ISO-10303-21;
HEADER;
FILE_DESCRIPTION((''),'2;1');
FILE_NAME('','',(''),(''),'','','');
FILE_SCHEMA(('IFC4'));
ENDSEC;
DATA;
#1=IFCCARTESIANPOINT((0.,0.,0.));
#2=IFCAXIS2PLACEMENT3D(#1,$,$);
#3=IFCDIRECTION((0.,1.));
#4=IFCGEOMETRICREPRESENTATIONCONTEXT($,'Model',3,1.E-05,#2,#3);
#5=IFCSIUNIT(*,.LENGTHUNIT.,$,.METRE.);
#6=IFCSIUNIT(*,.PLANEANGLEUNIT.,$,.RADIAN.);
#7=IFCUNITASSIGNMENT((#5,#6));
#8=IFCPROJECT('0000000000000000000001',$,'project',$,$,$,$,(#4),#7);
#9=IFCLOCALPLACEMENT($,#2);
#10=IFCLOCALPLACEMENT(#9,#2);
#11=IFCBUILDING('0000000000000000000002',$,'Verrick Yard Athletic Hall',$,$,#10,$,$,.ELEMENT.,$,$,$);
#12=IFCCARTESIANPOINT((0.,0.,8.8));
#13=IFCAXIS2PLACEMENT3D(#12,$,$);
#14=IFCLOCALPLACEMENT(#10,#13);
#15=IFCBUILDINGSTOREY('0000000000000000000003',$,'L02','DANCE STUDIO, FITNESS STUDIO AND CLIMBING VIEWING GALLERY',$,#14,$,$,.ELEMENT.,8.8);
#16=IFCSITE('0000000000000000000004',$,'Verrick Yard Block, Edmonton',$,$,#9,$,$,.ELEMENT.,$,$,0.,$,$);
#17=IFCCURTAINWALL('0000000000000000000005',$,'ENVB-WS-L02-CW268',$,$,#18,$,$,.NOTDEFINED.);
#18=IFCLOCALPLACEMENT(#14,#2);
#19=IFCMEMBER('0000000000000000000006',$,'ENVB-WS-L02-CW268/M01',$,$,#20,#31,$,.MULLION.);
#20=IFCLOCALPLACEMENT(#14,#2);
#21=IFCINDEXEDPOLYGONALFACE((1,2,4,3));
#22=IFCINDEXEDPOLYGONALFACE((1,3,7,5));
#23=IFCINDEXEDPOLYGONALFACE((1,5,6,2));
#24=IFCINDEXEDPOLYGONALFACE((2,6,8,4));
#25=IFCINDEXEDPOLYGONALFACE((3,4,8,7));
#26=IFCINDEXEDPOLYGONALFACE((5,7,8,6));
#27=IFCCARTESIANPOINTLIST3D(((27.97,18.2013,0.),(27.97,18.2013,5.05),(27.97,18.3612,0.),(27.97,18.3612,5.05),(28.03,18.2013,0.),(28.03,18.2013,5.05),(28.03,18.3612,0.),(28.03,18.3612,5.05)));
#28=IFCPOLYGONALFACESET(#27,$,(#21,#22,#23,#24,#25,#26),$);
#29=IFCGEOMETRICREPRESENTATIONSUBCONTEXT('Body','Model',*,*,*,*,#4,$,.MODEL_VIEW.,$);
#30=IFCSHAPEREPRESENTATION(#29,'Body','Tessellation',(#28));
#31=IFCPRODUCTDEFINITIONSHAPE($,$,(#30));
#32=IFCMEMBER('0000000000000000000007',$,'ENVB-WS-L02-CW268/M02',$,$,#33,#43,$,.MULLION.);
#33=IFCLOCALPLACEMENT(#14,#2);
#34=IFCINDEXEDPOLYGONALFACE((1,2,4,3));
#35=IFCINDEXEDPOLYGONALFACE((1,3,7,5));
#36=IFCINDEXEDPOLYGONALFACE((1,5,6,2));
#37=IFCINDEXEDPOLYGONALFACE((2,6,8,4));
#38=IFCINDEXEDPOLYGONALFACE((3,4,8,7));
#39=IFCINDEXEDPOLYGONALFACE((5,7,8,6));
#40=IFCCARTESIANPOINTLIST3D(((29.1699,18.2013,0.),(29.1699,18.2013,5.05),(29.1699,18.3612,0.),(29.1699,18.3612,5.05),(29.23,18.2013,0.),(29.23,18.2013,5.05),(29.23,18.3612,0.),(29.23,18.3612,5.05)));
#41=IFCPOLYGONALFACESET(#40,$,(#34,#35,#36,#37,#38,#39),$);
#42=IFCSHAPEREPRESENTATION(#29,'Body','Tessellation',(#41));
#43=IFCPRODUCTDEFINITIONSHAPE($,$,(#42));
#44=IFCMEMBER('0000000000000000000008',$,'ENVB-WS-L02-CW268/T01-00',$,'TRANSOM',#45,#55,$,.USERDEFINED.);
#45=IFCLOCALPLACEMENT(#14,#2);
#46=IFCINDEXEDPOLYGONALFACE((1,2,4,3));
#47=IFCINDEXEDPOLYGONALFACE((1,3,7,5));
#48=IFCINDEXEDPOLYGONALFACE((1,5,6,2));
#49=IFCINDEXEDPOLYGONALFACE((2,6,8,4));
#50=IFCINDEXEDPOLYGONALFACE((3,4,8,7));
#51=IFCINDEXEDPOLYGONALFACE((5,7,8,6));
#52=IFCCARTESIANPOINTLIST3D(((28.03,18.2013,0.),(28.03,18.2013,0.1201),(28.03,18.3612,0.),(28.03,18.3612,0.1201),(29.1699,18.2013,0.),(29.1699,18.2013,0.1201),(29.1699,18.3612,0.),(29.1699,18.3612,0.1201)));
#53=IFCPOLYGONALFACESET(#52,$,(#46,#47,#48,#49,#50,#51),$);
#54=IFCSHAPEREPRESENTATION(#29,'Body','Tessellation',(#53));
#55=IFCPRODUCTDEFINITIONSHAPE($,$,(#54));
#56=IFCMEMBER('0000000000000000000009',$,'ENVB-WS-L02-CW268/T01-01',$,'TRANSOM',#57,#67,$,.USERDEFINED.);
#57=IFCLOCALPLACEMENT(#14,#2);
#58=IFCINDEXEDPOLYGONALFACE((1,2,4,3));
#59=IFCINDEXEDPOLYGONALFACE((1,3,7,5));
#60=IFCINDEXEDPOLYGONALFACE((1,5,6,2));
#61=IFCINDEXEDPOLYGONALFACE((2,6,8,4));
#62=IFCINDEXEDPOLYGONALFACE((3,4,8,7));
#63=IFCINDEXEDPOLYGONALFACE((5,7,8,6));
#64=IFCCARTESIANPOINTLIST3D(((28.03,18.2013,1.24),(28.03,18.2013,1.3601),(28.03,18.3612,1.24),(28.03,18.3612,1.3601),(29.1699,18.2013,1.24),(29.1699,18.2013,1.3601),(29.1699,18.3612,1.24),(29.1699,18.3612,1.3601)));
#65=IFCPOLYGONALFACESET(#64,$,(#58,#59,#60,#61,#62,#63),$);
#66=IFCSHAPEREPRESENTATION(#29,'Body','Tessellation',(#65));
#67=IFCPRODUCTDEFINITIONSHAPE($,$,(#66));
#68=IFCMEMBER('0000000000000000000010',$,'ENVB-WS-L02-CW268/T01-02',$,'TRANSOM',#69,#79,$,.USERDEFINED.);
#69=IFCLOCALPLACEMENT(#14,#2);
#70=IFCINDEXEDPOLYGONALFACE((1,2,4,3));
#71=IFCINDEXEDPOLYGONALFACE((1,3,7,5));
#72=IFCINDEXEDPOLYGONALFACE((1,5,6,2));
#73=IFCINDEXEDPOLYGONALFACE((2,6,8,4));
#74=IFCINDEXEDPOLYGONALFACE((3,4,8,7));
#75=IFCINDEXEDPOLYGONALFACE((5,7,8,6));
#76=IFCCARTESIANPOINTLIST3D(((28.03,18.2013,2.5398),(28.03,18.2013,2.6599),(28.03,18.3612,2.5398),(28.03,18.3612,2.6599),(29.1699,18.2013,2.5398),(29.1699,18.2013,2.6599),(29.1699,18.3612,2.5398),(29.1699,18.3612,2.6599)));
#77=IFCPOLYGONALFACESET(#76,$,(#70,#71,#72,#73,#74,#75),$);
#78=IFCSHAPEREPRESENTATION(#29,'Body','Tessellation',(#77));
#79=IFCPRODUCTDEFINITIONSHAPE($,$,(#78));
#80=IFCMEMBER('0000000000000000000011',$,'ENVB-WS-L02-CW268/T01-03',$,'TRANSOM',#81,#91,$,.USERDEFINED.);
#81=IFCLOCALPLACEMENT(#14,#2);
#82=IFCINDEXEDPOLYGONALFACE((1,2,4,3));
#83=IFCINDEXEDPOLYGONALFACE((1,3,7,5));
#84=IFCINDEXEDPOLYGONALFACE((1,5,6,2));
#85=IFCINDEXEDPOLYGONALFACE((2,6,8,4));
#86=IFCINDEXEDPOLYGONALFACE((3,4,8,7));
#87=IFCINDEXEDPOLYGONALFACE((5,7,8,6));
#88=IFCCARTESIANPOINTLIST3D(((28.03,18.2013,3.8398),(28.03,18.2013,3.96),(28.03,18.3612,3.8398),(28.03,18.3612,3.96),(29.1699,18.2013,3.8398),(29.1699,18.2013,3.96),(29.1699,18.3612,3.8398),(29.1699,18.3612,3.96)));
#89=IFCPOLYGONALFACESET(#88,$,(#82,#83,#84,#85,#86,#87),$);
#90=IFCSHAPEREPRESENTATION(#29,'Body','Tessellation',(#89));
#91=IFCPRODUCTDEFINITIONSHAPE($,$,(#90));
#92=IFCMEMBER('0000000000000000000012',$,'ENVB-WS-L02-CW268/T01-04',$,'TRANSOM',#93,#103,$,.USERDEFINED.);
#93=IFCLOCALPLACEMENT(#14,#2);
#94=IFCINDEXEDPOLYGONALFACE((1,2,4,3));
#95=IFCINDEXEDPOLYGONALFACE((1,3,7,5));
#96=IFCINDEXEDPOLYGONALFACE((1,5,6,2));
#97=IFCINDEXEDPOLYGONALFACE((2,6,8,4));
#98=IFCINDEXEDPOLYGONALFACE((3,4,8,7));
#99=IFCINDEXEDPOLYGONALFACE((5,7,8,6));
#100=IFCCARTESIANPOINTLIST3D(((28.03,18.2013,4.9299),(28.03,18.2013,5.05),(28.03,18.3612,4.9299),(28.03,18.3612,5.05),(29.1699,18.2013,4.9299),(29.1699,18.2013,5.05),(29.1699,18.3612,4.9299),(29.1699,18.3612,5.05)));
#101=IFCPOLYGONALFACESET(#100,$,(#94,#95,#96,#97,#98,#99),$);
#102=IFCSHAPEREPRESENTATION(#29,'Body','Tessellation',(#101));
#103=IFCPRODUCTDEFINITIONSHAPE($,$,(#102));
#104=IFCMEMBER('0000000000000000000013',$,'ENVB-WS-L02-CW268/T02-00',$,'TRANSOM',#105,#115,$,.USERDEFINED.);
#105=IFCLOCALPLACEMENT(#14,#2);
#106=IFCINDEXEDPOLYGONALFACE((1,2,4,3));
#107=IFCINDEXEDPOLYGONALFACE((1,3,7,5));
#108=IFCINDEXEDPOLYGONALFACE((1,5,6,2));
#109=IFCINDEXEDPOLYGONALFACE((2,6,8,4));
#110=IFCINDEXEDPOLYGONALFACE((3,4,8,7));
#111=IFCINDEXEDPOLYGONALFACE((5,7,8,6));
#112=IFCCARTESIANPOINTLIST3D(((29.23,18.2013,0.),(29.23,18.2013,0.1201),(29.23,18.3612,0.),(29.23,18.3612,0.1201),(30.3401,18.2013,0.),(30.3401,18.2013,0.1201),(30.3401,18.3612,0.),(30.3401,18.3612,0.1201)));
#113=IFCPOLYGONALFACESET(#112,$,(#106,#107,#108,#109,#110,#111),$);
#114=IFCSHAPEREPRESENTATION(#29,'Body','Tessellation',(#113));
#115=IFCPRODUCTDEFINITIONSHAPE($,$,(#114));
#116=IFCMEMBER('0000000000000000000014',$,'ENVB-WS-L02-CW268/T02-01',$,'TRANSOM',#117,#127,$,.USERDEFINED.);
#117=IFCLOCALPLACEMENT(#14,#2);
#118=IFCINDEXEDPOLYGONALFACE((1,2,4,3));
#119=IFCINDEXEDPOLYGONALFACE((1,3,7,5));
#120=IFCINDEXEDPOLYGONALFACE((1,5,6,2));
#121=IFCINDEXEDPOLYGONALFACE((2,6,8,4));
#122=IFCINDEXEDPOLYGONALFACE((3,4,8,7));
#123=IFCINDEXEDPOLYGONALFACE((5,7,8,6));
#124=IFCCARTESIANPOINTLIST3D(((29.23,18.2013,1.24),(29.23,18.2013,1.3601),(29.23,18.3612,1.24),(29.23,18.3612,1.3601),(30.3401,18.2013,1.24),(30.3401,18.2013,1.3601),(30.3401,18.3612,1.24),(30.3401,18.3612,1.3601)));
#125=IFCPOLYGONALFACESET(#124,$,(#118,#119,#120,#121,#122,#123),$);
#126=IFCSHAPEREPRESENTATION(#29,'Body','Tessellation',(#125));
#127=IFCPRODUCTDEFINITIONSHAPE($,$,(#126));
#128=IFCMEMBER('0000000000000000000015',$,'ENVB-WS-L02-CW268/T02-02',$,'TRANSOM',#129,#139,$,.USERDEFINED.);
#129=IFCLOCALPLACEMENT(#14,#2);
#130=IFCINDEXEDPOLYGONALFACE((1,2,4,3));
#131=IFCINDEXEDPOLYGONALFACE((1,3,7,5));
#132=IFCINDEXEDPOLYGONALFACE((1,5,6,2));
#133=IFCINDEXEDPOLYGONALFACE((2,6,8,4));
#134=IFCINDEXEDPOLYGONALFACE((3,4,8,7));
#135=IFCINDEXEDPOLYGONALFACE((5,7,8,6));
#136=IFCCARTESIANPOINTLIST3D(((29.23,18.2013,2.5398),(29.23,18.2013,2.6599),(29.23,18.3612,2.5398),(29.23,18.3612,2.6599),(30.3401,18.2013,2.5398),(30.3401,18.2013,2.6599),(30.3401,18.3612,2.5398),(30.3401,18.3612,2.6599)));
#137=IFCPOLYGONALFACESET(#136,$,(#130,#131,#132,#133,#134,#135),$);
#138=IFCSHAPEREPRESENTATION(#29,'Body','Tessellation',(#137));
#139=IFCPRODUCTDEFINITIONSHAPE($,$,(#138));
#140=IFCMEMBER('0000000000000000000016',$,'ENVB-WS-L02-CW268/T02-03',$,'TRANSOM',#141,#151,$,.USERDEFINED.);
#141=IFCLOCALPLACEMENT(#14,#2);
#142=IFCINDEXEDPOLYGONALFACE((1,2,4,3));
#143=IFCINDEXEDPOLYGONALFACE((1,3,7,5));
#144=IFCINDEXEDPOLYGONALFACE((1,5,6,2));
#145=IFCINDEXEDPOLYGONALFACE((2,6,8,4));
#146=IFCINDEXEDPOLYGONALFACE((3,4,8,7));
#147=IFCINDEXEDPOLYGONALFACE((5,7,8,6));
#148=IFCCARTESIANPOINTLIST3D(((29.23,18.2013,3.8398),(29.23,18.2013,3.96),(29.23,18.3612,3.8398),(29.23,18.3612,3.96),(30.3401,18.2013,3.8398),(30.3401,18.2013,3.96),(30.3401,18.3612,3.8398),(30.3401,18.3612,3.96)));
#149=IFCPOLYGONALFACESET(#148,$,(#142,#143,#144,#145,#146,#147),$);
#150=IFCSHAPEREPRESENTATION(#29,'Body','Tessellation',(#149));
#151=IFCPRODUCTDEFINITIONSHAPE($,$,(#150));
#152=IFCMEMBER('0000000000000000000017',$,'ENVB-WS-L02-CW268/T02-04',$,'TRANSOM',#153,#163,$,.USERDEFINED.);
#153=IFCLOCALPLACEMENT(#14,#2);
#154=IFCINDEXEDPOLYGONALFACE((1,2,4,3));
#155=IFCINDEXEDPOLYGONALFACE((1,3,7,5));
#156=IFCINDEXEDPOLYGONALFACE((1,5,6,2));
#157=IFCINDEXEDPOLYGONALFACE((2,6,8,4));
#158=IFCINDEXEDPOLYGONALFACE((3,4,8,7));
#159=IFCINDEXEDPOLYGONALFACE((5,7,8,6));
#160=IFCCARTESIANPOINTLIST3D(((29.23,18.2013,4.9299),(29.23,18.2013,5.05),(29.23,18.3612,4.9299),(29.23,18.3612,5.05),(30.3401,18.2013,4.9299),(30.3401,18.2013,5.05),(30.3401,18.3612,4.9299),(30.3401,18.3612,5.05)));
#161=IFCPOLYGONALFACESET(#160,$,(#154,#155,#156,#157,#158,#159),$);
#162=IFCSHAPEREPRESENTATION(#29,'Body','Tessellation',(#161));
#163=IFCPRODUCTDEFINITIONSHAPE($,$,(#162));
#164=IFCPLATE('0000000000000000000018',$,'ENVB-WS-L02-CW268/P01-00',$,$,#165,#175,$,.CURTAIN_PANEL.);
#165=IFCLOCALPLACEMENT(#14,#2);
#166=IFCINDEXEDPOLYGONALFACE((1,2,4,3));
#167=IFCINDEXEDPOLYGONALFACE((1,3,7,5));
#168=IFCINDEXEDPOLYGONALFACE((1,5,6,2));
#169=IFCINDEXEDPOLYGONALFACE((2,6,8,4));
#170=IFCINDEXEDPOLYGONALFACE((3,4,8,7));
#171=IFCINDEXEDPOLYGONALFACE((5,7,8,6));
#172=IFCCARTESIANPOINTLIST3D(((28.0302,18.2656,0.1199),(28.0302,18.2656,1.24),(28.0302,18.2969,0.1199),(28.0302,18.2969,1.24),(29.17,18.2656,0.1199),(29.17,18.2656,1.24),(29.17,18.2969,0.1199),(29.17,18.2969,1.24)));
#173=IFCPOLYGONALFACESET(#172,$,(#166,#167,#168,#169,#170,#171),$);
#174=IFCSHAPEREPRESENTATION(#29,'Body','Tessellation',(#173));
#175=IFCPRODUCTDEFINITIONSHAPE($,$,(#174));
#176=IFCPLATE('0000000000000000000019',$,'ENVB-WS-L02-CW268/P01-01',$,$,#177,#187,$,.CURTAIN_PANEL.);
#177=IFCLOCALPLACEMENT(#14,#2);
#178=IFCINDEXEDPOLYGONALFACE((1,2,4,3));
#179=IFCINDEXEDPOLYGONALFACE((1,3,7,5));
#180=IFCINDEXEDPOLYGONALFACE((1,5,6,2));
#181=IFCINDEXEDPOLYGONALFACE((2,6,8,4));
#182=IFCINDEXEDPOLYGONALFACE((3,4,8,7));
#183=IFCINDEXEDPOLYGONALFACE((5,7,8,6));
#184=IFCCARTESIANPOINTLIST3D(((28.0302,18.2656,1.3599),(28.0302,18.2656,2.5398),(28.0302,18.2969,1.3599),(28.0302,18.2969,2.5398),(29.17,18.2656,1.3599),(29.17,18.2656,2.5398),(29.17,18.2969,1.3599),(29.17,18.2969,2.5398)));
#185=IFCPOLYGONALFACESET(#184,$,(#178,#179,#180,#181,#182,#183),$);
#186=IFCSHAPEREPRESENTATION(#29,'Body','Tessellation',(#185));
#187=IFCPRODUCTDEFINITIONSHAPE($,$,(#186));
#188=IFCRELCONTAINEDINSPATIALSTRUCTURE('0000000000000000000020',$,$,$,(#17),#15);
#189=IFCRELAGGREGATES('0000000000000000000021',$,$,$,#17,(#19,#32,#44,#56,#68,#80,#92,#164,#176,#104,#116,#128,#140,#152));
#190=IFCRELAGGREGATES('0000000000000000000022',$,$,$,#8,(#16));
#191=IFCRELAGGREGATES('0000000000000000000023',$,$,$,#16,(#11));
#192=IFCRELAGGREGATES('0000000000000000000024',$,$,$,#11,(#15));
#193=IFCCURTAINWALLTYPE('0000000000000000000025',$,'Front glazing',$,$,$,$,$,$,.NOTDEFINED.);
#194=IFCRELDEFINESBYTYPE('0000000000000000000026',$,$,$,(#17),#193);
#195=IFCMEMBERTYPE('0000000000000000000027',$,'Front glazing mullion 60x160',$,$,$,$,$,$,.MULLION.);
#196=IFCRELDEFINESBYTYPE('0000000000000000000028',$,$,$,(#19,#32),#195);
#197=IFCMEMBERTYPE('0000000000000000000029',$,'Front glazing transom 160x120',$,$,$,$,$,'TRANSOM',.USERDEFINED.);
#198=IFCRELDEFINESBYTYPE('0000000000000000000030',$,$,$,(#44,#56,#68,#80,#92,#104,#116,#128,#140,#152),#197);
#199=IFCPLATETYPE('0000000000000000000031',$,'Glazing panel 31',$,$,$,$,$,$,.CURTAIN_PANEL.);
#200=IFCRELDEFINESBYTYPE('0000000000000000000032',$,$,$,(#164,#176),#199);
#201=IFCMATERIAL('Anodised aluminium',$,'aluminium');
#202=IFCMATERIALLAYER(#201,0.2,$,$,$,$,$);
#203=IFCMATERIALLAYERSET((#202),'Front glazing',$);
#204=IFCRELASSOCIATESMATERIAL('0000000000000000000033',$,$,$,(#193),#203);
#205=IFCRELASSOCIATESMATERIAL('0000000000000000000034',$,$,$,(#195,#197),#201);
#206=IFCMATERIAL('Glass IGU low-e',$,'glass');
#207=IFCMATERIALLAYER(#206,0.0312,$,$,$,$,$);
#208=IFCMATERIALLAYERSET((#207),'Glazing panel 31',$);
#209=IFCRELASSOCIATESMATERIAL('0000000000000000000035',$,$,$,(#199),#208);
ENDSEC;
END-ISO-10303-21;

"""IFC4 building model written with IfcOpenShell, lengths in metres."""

from ifc_helpers import new_model, si_unit, direction, frame, origin, origin_2d, place, context, subcontext, project, spatial, rectangle, extrude, material, layer, layer_set, material_profile, profile_set, type_object, element, aggregate, save


model = new_model("IFC4")

# Units and contexts
model_context = context("Model", 3, precision=1e-05, world=origin(), true_north=direction((0.0, 1.0)))
body_context = subcontext(model_context, "Body", "Model", "MODEL_VIEW")
ifc_project = project(units=[si_unit("LENGTHUNIT", "METRE"), si_unit("PLANEANGLEUNIT", "RADIAN")], contexts=[model_context])

# Site, building, storey
site_placement = place(None, origin())
site = spatial("IfcSite", under=ifc_project, at=site_placement, Name="Verrick Yard Block, Edmonton", CompositionType="ELEMENT", RefElevation=0.0)
building_placement = place(site_placement, origin())
building = spatial("IfcBuilding", under=site, at=building_placement, Name="Verrick Yard Athletic Hall", CompositionType="ELEMENT")
storey_placement = place(building_placement, frame((0.0, 0.0, 8.8)))
storey = spatial("IfcBuildingStorey", under=building, at=storey_placement, Name="L02", Description="DANCE STUDIO, FITNESS STUDIO AND CLIMBING VIEWING GALLERY", CompositionType="ELEMENT", Elevation=8.8)

# Curtain wall, members, plates
ifc_material_1 = material(Name="Anodised aluminium", Category="aluminium")
ifc_layer_1 = layer(ifc_material_1, 0.2)
ifc_layer_set_1 = layer_set([ifc_layer_1], Name="Front glazing")
curtain_wall_type = type_object("IfcCurtainWallType", Name="Front glazing", PredefinedType="NOTDEFINED", material=ifc_layer_set_1)
curtain_wall_placement = place(storey_placement, origin())
curtain_wall = element("IfcCurtainWall", 1, at=curtain_wall_placement, inside=storey, type_object=curtain_wall_type, Name="ENVB-WS-L02-CW268", PredefinedType="NOTDEFINED")
ifc_material_profile_1 = material_profile(ifc_material_1, rectangle(XDim=0.1599, YDim=0.0601, at=origin_2d()), Name="CW mullion 60x160")
ifc_profile_set_1 = profile_set([ifc_material_profile_1], Name="Anodised aluminium")
member_type_1 = type_object("IfcMemberType", Name="Front glazing mullion 60x160", PredefinedType="MULLION", material=ifc_profile_set_1)
member_1_placement = place(storey_placement, frame((28.0, 18.2812, 0.0), z_axis=(0.0, 0.0, 1.0), x_axis=(0.0, 1.0, 0.0)))
member_1 = element("IfcMember", 2, at=member_1_placement, type_object=member_type_1, Name="ENVB-WS-L02-CW268/M01", PredefinedType="MULLION", context=body_context, shape_type="SweptSolid", body=[
    extrude(rectangle(XDim=0.1599, YDim=0.0601, at=origin_2d()), origin(), (0.0, 0.0, 1.0), 5.05),
])
member_2_placement = place(storey_placement, frame((29.2, 18.2812, 0.0), z_axis=(0.0, 0.0, 1.0), x_axis=(0.0, 1.0, 0.0)))
member_2 = element("IfcMember", 3, at=member_2_placement, type_object=member_type_1, Name="ENVB-WS-L02-CW268/M02", PredefinedType="MULLION", context=body_context, shape_type="SweptSolid", body=[
    extrude(rectangle(XDim=0.1599, YDim=0.0601, at=origin_2d()), origin(), (0.0, 0.0, 1.0), 5.05),
])
ifc_material_profile_2 = material_profile(ifc_material_1, rectangle(XDim=0.1599, YDim=0.1201, at=origin_2d()), Name="CW transom 160x120")
ifc_profile_set_2 = profile_set([ifc_material_profile_2], Name="Anodised aluminium")
member_type_2 = type_object("IfcMemberType", Name="Front glazing transom 160x120", ElementType="TRANSOM", PredefinedType="USERDEFINED", material=ifc_profile_set_2)
member_3_placement = place(storey_placement, frame((28.03, 18.2812, 0.0601), z_axis=(1.0, 0.0, 0.0), x_axis=(0.0, 1.0, 0.0)))
member_3 = element("IfcMember", 4, at=member_3_placement, type_object=member_type_2, Name="ENVB-WS-L02-CW268/T01-00", ObjectType="TRANSOM", PredefinedType="USERDEFINED", context=body_context, shape_type="SweptSolid", body=[
    extrude(rectangle(XDim=0.1599, YDim=0.1201, at=origin_2d()), origin(), (0.0, 0.0, 1.0), 1.1399),
])
member_4_placement = place(storey_placement, frame((28.03, 18.2812, 1.3), z_axis=(1.0, 0.0, 0.0), x_axis=(0.0, 1.0, 0.0)))
member_4 = element("IfcMember", 5, at=member_4_placement, type_object=member_type_2, Name="ENVB-WS-L02-CW268/T01-01", ObjectType="TRANSOM", PredefinedType="USERDEFINED", context=body_context, shape_type="SweptSolid", body=[
    extrude(rectangle(XDim=0.1599, YDim=0.1201, at=origin_2d()), origin(), (0.0, 0.0, 1.0), 1.1399),
])
member_5_placement = place(storey_placement, frame((28.03, 18.2812, 2.5999), z_axis=(1.0, 0.0, 0.0), x_axis=(0.0, 1.0, 0.0)))
member_5 = element("IfcMember", 6, at=member_5_placement, type_object=member_type_2, Name="ENVB-WS-L02-CW268/T01-02", ObjectType="TRANSOM", PredefinedType="USERDEFINED", context=body_context, shape_type="SweptSolid", body=[
    extrude(rectangle(XDim=0.1599, YDim=0.1201, at=origin_2d()), origin(), (0.0, 0.0, 1.0), 1.1399),
])
member_6_placement = place(storey_placement, frame((28.03, 18.2812, 3.8999), z_axis=(1.0, 0.0, 0.0), x_axis=(0.0, 1.0, 0.0)))
member_6 = element("IfcMember", 7, at=member_6_placement, type_object=member_type_2, Name="ENVB-WS-L02-CW268/T01-03", ObjectType="TRANSOM", PredefinedType="USERDEFINED", context=body_context, shape_type="SweptSolid", body=[
    extrude(rectangle(XDim=0.1599, YDim=0.1201, at=origin_2d()), origin(), (0.0, 0.0, 1.0), 1.1399),
])
member_7_placement = place(storey_placement, frame((28.03, 18.2812, 4.99), z_axis=(1.0, 0.0, 0.0), x_axis=(0.0, 1.0, 0.0)))
member_7 = element("IfcMember", 8, at=member_7_placement, type_object=member_type_2, Name="ENVB-WS-L02-CW268/T01-04", ObjectType="TRANSOM", PredefinedType="USERDEFINED", context=body_context, shape_type="SweptSolid", body=[
    extrude(rectangle(XDim=0.1599, YDim=0.1201, at=origin_2d()), origin(), (0.0, 0.0, 1.0), 1.1399),
])
member_8_placement = place(storey_placement, frame((29.23, 18.2812, 0.0601), z_axis=(1.0, 0.0, 0.0), x_axis=(0.0, 1.0, 0.0)))
member_8 = element("IfcMember", 9, at=member_8_placement, type_object=member_type_2, Name="ENVB-WS-L02-CW268/T02-00", ObjectType="TRANSOM", PredefinedType="USERDEFINED", context=body_context, shape_type="SweptSolid", body=[
    extrude(rectangle(XDim=0.1599, YDim=0.1201, at=origin_2d()), origin(), (0.0, 0.0, 1.0), 1.1101),
])
member_9_placement = place(storey_placement, frame((29.23, 18.2812, 1.3), z_axis=(1.0, 0.0, 0.0), x_axis=(0.0, 1.0, 0.0)))
member_9 = element("IfcMember", 10, at=member_9_placement, type_object=member_type_2, Name="ENVB-WS-L02-CW268/T02-01", ObjectType="TRANSOM", PredefinedType="USERDEFINED", context=body_context, shape_type="SweptSolid", body=[
    extrude(rectangle(XDim=0.1599, YDim=0.1201, at=origin_2d()), origin(), (0.0, 0.0, 1.0), 1.1101),
])
member_10_placement = place(storey_placement, frame((29.23, 18.2812, 2.5999), z_axis=(1.0, 0.0, 0.0), x_axis=(0.0, 1.0, 0.0)))
member_10 = element("IfcMember", 11, at=member_10_placement, type_object=member_type_2, Name="ENVB-WS-L02-CW268/T02-02", ObjectType="TRANSOM", PredefinedType="USERDEFINED", context=body_context, shape_type="SweptSolid", body=[
    extrude(rectangle(XDim=0.1599, YDim=0.1201, at=origin_2d()), origin(), (0.0, 0.0, 1.0), 1.1101),
])
member_11_placement = place(storey_placement, frame((29.23, 18.2812, 3.8999), z_axis=(1.0, 0.0, 0.0), x_axis=(0.0, 1.0, 0.0)))
member_11 = element("IfcMember", 12, at=member_11_placement, type_object=member_type_2, Name="ENVB-WS-L02-CW268/T02-03", ObjectType="TRANSOM", PredefinedType="USERDEFINED", context=body_context, shape_type="SweptSolid", body=[
    extrude(rectangle(XDim=0.1599, YDim=0.1201, at=origin_2d()), origin(), (0.0, 0.0, 1.0), 1.1101),
])
member_12_placement = place(storey_placement, frame((29.23, 18.2812, 4.99), z_axis=(1.0, 0.0, 0.0), x_axis=(0.0, 1.0, 0.0)))
member_12 = element("IfcMember", 13, at=member_12_placement, type_object=member_type_2, Name="ENVB-WS-L02-CW268/T02-04", ObjectType="TRANSOM", PredefinedType="USERDEFINED", context=body_context, shape_type="SweptSolid", body=[
    extrude(rectangle(XDim=0.1599, YDim=0.1201, at=origin_2d()), origin(), (0.0, 0.0, 1.0), 1.1101),
])
ifc_material_2 = material(Name="Glass IGU low-e", Category="glass")
ifc_layer_2 = layer(ifc_material_2, 0.0312)
ifc_layer_set_2 = layer_set([ifc_layer_2], Name="Glazing panel 31")
plate_type = type_object("IfcPlateType", Name="Glazing panel 31", PredefinedType="CURTAIN_PANEL", material=ifc_layer_set_2)
plate_1_placement = place(storey_placement, frame((28.6001, 18.2812, 0.1199), z_axis=(0.0, 0.0, 1.0), x_axis=(1.0, 0.0, 0.0)))
plate_1 = element("IfcPlate", 14, at=plate_1_placement, type_object=plate_type, Name="ENVB-WS-L02-CW268/P01-00", PredefinedType="CURTAIN_PANEL", context=body_context, shape_type="SweptSolid", body=[
    extrude(rectangle(XDim=1.1399, YDim=0.0312, at=origin_2d()), origin(), (0.0, 0.0, 1.0), 1.1201),
])
plate_2_placement = place(storey_placement, frame((28.6001, 18.2812, 1.3599), z_axis=(0.0, 0.0, 1.0), x_axis=(1.0, 0.0, 0.0)))
plate_2 = element("IfcPlate", 15, at=plate_2_placement, type_object=plate_type, Name="ENVB-WS-L02-CW268/P01-01", PredefinedType="CURTAIN_PANEL", context=body_context, shape_type="SweptSolid", body=[
    extrude(rectangle(XDim=1.1399, YDim=0.0312, at=origin_2d()), origin(), (0.0, 0.0, 1.0), 1.1799),
])
aggregate(curtain_wall, [member_1, member_2, member_3, member_4, member_5, member_6, member_7, plate_1, plate_2, member_8, member_9, member_10, member_11, member_12])

save(model, "model.ifc")
